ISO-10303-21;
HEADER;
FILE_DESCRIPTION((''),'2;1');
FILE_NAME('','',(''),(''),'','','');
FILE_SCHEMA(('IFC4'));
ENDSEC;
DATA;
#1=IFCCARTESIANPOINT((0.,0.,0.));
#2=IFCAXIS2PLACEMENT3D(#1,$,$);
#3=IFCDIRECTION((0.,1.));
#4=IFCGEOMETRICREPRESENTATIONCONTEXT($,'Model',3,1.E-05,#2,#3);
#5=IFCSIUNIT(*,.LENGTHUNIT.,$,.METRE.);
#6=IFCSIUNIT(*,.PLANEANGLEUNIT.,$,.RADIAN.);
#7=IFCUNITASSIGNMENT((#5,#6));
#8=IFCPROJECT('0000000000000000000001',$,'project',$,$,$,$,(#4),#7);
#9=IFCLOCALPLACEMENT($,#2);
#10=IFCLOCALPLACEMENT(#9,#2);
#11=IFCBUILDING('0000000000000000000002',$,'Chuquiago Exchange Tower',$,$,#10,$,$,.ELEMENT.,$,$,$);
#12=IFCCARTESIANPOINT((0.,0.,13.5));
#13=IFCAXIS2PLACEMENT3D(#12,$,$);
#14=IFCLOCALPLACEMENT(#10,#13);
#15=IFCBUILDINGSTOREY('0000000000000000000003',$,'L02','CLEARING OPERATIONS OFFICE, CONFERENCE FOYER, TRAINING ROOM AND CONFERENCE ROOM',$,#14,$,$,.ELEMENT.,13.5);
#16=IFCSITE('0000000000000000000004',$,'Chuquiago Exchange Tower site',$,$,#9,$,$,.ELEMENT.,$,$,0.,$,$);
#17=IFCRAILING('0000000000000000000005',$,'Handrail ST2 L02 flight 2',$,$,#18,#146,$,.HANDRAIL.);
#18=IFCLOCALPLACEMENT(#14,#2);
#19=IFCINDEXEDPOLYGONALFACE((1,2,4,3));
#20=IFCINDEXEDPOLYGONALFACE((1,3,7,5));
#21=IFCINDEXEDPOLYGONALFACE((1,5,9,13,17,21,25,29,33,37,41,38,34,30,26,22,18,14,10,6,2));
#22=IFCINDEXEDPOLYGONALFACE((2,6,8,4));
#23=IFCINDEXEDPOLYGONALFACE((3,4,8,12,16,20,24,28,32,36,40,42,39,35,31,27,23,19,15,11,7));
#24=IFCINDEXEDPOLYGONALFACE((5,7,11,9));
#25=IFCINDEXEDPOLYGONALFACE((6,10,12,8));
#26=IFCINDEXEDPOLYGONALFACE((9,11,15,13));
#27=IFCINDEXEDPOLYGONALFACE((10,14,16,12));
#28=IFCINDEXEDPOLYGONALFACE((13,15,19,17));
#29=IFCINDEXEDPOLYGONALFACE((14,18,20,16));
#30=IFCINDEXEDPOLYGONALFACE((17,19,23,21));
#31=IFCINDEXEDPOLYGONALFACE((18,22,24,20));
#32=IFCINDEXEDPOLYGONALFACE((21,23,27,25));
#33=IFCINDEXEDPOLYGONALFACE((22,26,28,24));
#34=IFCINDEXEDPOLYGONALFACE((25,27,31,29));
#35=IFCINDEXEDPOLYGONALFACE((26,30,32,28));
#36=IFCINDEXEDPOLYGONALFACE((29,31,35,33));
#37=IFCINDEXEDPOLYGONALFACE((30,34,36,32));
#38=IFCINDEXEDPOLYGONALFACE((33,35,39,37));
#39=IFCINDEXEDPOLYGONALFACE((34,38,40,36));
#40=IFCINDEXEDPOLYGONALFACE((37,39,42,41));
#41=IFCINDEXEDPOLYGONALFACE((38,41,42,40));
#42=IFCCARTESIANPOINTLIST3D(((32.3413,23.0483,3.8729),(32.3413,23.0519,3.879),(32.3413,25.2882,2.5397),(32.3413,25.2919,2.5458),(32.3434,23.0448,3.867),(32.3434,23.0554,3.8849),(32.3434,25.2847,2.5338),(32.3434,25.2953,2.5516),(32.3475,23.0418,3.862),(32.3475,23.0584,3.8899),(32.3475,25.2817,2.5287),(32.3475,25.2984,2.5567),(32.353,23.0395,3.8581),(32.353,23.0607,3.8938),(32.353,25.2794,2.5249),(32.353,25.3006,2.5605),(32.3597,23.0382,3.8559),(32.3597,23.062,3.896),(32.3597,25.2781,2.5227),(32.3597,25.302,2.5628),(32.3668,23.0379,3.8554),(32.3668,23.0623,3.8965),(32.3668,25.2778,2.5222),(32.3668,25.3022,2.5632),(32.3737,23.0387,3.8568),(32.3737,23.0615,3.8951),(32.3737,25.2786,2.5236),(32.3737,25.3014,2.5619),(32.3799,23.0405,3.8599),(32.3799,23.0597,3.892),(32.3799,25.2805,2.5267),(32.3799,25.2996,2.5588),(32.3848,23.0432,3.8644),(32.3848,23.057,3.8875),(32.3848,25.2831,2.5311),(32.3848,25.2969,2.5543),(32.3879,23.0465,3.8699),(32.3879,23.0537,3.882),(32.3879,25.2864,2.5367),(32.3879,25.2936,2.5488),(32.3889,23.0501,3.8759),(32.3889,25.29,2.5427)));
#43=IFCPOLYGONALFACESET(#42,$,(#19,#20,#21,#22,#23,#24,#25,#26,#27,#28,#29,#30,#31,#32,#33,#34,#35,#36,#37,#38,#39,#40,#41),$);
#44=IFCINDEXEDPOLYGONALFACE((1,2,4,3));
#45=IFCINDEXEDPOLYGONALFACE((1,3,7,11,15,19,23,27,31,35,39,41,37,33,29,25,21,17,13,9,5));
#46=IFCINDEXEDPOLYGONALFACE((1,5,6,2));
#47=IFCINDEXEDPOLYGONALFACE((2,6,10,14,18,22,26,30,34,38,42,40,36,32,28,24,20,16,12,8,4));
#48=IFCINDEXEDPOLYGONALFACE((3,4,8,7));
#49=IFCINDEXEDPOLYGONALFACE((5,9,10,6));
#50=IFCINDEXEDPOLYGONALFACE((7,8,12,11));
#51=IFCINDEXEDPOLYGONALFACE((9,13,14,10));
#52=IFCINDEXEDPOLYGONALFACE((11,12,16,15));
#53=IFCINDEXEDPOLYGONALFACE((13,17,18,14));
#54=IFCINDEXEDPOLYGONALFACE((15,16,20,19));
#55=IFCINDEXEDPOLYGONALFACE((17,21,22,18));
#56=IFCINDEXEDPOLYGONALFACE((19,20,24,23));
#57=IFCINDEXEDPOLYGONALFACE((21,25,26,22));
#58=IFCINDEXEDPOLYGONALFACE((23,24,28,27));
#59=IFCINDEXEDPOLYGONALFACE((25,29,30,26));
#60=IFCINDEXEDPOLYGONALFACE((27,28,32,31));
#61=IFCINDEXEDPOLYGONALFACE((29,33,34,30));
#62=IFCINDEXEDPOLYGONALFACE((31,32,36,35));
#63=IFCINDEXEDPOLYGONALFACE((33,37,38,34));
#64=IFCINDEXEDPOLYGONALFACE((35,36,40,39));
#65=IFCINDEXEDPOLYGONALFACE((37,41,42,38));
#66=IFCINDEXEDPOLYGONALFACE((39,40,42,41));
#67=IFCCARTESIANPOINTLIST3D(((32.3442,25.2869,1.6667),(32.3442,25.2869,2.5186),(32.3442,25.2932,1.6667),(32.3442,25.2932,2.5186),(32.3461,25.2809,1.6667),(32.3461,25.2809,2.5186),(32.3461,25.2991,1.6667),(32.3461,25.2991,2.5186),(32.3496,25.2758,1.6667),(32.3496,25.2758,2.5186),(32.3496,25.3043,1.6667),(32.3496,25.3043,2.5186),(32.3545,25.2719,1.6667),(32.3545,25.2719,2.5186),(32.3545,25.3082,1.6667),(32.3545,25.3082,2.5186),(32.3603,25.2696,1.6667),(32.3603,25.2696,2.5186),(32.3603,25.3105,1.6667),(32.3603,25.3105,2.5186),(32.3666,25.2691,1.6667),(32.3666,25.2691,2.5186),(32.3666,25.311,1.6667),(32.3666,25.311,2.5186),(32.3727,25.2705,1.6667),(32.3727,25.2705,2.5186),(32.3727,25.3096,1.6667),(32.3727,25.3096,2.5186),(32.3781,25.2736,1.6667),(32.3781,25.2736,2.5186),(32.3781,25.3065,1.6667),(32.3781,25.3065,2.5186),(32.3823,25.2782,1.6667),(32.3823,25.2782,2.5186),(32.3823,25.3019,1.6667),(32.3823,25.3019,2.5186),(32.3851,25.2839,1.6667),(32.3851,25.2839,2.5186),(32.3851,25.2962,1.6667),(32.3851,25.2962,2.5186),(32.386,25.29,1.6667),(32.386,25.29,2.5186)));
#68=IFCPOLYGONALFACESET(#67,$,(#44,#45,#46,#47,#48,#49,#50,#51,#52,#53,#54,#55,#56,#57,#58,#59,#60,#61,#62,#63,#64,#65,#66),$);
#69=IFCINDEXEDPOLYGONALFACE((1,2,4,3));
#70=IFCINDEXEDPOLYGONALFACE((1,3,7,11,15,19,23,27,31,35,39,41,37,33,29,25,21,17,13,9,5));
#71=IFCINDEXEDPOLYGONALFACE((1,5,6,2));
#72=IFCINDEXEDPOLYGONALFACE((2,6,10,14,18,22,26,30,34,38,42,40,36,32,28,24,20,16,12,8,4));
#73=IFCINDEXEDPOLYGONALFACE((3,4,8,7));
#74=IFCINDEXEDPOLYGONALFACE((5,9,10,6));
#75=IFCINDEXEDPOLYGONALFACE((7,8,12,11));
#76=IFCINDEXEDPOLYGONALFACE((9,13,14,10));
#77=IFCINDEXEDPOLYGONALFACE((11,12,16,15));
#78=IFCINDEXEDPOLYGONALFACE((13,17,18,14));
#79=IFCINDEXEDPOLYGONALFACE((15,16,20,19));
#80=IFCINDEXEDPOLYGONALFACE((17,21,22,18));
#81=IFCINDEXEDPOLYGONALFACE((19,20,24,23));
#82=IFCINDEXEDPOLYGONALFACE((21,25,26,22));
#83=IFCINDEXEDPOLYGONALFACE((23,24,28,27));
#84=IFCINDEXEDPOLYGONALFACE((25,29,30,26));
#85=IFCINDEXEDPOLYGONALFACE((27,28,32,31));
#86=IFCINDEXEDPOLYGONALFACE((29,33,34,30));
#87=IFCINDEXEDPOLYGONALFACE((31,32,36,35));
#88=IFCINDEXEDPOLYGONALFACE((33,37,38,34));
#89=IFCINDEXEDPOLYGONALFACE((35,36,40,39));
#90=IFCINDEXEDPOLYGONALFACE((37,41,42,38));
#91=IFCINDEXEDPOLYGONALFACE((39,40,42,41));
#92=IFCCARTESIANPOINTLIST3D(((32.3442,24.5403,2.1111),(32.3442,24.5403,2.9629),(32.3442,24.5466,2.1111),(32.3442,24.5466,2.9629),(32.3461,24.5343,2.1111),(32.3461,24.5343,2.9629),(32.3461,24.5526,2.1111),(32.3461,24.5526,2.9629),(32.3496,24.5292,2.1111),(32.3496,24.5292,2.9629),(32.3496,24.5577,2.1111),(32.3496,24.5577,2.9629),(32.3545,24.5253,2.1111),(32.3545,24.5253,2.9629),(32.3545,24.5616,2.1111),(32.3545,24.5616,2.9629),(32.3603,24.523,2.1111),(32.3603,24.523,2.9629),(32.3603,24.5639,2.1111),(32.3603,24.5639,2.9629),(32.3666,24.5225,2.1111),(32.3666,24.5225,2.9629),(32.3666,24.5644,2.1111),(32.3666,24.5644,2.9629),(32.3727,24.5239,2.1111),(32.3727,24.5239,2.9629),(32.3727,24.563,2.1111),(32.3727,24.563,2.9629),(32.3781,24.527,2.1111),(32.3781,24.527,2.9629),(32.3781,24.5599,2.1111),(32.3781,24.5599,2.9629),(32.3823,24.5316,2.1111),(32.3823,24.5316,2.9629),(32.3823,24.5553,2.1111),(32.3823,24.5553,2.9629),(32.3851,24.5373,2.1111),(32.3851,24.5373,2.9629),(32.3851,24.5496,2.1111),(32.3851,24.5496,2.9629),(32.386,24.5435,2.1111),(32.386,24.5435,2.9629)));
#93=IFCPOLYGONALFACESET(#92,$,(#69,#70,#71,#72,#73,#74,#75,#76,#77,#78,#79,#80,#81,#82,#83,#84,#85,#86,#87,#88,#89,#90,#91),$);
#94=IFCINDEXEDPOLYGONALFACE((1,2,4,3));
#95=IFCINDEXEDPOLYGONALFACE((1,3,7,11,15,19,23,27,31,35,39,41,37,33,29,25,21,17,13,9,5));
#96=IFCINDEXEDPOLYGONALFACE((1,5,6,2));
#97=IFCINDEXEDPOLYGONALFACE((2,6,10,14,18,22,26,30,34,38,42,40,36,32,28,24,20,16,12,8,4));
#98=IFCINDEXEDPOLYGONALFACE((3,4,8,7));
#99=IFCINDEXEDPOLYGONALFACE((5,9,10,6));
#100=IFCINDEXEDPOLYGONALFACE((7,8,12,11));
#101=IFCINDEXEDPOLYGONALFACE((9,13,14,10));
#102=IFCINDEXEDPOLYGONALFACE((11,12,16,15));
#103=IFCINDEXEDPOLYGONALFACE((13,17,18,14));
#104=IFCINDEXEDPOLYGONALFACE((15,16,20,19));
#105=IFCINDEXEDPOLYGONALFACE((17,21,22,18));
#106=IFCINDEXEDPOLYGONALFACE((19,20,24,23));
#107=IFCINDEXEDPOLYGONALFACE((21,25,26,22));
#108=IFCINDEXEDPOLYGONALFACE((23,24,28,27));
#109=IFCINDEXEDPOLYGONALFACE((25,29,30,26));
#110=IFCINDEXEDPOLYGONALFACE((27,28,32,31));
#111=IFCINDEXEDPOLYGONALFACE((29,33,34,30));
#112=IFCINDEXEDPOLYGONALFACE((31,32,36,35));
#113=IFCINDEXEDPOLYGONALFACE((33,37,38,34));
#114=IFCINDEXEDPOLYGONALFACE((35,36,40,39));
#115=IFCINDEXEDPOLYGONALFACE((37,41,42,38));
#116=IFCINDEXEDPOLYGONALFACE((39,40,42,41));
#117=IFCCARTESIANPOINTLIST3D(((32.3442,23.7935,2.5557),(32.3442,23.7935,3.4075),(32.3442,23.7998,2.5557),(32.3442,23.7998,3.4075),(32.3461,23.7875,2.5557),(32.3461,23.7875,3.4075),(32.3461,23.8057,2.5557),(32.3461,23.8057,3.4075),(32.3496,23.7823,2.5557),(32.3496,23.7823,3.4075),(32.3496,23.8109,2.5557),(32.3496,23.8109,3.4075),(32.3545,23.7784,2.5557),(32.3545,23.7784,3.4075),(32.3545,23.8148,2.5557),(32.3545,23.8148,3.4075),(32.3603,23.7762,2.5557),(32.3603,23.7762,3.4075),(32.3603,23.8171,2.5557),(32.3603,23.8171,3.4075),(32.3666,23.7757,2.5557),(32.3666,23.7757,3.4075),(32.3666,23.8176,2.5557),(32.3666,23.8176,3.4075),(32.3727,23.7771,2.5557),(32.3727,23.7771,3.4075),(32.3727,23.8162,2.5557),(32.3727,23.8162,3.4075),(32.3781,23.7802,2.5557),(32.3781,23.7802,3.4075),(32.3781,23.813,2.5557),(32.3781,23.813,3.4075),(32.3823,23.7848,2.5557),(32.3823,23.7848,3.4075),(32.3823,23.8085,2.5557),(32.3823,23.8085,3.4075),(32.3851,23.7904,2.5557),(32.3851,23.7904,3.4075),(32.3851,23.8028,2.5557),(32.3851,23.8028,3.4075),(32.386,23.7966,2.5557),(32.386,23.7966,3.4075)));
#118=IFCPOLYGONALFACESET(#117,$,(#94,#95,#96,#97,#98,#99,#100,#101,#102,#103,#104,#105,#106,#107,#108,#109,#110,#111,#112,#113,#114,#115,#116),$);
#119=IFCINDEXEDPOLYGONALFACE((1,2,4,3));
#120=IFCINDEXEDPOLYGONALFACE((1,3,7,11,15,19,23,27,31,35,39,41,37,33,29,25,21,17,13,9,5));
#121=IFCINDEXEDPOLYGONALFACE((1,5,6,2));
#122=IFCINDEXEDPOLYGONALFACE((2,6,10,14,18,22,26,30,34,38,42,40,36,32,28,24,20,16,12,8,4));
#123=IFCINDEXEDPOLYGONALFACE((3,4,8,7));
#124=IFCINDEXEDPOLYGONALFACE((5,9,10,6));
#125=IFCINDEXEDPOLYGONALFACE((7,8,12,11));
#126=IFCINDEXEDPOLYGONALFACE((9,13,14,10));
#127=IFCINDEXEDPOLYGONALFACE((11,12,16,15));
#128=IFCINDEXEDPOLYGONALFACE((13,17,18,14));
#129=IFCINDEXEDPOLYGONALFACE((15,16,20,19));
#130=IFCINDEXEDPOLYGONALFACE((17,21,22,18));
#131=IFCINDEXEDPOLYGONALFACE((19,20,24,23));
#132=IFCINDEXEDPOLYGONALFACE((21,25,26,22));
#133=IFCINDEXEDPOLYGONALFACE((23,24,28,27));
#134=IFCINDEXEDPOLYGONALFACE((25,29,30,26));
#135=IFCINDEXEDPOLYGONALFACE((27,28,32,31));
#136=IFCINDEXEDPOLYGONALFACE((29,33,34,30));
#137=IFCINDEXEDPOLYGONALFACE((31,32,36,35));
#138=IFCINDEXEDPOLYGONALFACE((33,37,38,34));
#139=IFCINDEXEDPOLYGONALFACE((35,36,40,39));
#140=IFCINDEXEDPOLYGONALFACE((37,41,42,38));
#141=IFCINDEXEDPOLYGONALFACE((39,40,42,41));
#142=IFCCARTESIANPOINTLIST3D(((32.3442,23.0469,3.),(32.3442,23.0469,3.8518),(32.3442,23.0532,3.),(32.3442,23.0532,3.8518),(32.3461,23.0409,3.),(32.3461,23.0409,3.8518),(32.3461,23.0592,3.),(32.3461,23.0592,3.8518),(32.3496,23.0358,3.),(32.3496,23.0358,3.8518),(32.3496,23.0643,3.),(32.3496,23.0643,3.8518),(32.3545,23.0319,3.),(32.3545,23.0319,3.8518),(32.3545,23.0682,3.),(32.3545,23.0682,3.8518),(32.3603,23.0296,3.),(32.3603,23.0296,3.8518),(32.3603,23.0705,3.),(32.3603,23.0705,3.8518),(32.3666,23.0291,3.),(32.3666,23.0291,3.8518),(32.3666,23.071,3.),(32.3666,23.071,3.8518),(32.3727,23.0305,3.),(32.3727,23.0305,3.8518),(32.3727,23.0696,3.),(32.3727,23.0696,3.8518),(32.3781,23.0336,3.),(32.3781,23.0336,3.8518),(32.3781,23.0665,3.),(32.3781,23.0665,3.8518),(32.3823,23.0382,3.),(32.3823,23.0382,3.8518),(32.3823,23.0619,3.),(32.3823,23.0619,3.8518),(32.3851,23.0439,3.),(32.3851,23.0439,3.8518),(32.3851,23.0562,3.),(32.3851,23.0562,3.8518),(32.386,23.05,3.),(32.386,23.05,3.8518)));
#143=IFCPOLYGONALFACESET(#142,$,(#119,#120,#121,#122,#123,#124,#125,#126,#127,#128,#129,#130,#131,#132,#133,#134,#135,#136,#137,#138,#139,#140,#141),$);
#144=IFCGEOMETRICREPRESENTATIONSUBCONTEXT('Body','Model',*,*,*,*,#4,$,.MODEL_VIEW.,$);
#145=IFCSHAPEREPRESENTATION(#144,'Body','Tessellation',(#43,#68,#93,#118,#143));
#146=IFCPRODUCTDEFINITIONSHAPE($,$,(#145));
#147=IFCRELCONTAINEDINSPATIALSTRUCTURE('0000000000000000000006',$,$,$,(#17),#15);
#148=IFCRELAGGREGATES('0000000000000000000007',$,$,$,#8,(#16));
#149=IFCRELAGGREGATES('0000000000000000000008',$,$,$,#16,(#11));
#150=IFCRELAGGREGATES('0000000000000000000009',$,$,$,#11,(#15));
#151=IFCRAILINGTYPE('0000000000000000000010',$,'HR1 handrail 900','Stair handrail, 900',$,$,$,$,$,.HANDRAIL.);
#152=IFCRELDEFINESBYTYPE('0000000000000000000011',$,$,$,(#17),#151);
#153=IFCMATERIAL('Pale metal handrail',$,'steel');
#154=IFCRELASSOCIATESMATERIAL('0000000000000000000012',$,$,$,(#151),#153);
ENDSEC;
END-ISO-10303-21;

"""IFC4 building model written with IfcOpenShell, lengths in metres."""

from ifc_helpers import new_model, si_unit, direction, frame, origin, origin_2d, place, context, subcontext, project, spatial, circle, extrude, material, type_object, element, save


model = new_model("IFC4")

# Units and contexts
model_context = context("Model", 3, precision=1e-05, world=origin(), true_north=direction((0.0, 1.0)))
body_context = subcontext(model_context, "Body", "Model", "MODEL_VIEW")
ifc_project = project(units=[si_unit("LENGTHUNIT", "METRE"), si_unit("PLANEANGLEUNIT", "RADIAN")], contexts=[model_context])

# Site, building, storey
site_placement = place(None, origin())
site = spatial("IfcSite", under=ifc_project, at=site_placement, Name="Chuquiago Exchange Tower site", CompositionType="ELEMENT", RefElevation=0.0)
building_placement = place(site_placement, origin())
building = spatial("IfcBuilding", under=site, at=building_placement, Name="Chuquiago Exchange Tower", CompositionType="ELEMENT")
storey_placement = place(building_placement, frame((0.0, 0.0, 13.5)))
storey = spatial("IfcBuildingStorey", under=building, at=storey_placement, Name="L02", Description="CLEARING OPERATIONS OFFICE, CONFERENCE FOYER, TRAINING ROOM AND CONFERENCE ROOM", CompositionType="ELEMENT", Elevation=13.5)

# Railing
ifc_material_1 = material(Name="Pale metal handrail", Category="steel")
railing_type_1 = type_object("IfcRailingType", Name="HR1 handrail 900", Description="Stair handrail, 900", PredefinedType="HANDRAIL", material=ifc_material_1)
for number, where, name in (
    (1, (32.365, 25.29, 1.6667), "Handrail ST2 L02 flight 2"),
):
    element("IfcRailing", number, at=place(storey_placement, frame(where)), inside=storey, type_object=railing_type_1, Name=name, PredefinedType="HANDRAIL", context=body_context, shape_type="SweptSolid", body=[
        extrude(circle(Radius=0.0239, at=origin_2d()), frame((0.0, 0.0, 0.876), z_axis=(0.0, -0.859306, 0.511462), x_axis=(1.0, 0.0, 0.0)), (0.0, 0.0, 1.0), 2.6067),
        extrude(circle(Radius=0.021, at=origin_2d()), origin(), (0.0, 0.0, 1.0), 0.8518),
        extrude(circle(Radius=0.021, at=origin_2d()), frame((0.0, -0.7466, 0.4443)), (0.0, 0.0, 1.0), 0.8518),
        extrude(circle(Radius=0.021, at=origin_2d()), frame((0.0, -1.4934, 0.8889)), (0.0, 0.0, 1.0), 0.8518),
        extrude(circle(Radius=0.021, at=origin_2d()), frame((0.0, -2.24, 1.3333)), (0.0, 0.0, 1.0), 0.8518),
    ])

save(model, "model.ifc")
